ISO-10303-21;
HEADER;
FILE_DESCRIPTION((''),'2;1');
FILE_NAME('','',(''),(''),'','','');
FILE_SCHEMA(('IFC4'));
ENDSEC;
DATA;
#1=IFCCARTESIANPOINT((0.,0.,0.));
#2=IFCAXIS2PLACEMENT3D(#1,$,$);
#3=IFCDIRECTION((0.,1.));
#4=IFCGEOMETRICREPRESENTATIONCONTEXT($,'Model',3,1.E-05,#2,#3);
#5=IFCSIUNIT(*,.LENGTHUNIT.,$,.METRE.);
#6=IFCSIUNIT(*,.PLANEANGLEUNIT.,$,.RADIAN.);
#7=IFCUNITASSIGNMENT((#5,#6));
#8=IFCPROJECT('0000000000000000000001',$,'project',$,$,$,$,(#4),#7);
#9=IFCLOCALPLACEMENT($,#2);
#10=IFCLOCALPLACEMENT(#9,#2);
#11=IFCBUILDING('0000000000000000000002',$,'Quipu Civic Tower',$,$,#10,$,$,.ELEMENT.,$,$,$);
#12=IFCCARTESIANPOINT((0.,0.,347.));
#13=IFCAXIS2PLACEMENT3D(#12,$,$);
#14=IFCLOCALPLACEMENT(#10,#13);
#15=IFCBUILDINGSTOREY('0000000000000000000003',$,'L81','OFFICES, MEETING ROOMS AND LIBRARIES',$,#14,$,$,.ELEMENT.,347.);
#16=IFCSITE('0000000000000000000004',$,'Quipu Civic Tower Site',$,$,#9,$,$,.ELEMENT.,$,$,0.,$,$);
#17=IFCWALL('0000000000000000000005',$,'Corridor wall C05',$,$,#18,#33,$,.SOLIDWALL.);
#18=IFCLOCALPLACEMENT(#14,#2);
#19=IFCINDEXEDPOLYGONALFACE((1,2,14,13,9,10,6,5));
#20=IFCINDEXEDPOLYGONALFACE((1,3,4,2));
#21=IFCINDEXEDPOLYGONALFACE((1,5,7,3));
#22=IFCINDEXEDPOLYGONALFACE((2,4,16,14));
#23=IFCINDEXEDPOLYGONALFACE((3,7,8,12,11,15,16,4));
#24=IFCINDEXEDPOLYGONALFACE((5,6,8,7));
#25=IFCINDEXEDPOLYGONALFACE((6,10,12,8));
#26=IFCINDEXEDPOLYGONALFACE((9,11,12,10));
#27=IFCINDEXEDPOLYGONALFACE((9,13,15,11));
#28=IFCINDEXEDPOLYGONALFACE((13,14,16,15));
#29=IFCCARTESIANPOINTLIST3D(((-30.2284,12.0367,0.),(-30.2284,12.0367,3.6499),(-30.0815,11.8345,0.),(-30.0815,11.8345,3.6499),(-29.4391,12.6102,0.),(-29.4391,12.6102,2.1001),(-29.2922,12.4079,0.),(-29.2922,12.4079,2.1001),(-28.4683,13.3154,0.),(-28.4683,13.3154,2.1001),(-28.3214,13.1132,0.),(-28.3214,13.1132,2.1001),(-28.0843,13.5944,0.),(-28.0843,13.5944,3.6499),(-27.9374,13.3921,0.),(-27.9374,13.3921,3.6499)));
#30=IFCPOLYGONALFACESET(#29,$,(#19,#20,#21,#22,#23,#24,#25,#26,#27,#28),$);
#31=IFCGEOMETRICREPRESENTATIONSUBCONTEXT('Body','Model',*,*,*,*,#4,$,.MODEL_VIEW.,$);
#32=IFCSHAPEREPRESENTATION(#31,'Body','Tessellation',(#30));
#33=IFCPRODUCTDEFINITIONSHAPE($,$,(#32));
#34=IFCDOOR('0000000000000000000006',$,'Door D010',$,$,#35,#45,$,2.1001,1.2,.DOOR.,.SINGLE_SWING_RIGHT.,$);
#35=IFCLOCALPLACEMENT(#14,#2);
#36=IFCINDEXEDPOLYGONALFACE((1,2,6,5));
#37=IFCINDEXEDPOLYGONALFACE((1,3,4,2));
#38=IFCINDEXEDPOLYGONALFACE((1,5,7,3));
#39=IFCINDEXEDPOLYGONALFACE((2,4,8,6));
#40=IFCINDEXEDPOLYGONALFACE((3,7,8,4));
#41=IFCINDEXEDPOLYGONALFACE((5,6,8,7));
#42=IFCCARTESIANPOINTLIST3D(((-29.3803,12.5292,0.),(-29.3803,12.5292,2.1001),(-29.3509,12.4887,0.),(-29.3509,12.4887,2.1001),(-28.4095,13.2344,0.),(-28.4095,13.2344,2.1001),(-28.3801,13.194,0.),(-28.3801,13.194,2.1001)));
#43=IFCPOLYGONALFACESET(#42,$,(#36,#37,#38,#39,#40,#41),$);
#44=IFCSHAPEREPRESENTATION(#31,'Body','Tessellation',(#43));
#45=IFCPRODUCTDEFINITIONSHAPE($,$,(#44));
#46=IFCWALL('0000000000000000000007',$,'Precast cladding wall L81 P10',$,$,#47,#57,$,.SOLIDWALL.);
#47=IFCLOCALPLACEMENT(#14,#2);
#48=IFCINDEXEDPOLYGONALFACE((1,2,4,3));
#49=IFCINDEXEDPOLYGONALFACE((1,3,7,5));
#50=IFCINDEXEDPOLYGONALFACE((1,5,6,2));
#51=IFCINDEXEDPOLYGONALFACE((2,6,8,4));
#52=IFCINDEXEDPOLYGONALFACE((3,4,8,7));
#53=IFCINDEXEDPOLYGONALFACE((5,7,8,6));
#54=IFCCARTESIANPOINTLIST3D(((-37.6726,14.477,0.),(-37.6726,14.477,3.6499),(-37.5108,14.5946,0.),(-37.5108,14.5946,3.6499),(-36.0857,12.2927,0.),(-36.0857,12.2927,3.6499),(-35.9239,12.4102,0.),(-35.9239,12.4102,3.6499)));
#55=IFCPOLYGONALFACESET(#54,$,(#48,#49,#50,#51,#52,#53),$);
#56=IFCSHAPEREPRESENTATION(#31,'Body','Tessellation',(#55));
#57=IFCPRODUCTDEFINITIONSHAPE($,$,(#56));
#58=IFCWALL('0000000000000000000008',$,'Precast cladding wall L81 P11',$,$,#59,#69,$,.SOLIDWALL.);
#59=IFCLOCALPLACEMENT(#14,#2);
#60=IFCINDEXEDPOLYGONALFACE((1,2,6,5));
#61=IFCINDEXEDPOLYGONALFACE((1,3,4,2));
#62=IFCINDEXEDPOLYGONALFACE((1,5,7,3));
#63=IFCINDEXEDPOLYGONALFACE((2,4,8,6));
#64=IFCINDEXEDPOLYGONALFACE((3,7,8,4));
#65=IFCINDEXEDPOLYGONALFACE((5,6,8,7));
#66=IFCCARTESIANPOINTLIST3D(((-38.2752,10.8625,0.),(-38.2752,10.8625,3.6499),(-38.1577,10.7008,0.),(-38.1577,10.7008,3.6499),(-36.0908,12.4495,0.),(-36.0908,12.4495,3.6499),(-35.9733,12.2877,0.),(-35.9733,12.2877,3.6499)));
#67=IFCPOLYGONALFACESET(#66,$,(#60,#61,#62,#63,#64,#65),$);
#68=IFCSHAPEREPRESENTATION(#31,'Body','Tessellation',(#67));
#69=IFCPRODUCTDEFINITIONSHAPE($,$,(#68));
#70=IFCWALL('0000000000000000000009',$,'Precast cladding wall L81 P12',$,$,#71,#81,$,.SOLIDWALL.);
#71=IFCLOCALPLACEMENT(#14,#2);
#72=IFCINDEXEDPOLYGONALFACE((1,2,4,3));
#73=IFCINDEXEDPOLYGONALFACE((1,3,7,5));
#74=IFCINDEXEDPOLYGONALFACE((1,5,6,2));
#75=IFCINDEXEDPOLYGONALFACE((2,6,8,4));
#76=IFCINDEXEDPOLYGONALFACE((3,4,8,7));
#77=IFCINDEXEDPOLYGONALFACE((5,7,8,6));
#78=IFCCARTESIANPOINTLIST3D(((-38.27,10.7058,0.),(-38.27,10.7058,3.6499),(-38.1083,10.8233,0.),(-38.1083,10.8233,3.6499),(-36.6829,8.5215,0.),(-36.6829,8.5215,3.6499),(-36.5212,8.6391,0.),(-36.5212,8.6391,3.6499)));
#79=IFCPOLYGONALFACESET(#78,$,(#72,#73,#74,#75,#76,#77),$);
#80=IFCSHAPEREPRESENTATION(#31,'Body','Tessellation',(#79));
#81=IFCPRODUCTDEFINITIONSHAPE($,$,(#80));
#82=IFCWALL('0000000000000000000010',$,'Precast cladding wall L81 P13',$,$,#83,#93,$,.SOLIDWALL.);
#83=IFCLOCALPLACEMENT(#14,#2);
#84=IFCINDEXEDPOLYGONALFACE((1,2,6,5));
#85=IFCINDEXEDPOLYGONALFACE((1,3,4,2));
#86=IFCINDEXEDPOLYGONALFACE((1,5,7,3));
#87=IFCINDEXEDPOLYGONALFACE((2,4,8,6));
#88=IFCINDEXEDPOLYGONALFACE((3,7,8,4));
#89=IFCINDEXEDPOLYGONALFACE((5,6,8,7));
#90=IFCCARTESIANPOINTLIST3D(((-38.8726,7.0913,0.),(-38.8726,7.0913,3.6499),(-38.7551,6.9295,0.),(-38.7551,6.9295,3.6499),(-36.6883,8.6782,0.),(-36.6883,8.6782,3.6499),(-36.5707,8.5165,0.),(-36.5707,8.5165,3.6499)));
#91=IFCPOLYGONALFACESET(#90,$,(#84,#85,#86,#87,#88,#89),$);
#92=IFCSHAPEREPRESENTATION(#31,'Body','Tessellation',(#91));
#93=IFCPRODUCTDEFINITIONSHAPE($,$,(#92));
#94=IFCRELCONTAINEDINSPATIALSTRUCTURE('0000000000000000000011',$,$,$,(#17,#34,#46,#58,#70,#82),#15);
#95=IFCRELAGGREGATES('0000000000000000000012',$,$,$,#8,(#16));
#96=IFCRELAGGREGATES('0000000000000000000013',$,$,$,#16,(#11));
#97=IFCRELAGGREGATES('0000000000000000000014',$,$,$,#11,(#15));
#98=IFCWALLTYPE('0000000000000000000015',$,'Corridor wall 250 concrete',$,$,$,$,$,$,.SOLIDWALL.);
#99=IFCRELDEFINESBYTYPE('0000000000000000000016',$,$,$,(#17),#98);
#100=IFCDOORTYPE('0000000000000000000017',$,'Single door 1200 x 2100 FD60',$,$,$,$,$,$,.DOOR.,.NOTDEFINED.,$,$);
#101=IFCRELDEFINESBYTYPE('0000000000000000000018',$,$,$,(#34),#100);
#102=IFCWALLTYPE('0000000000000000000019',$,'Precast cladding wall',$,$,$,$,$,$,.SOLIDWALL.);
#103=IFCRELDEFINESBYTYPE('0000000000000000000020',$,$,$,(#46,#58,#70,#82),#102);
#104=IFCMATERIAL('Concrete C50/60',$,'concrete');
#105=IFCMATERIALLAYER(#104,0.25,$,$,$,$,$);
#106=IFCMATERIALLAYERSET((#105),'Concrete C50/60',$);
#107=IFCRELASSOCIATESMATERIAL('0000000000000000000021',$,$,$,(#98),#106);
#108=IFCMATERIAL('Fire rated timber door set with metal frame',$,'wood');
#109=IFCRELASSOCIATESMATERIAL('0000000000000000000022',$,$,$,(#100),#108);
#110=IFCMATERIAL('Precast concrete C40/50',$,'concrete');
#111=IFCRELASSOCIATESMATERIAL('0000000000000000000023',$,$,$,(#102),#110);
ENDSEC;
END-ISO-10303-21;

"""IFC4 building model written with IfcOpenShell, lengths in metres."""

from ifc_helpers import new_model, si_unit, direction, frame, frame_2d, origin, place, context, subcontext, project, spatial, rectangle, extrude, material, layer, layer_set, type_object, element, fill, save


model = new_model("IFC4")

# Units and contexts
model_context = context("Model", 3, precision=1e-05, world=origin(), true_north=direction((0.0, 1.0)))
body_context = subcontext(model_context, "Body", "Model", "MODEL_VIEW")
ifc_project = project(units=[si_unit("LENGTHUNIT", "METRE"), si_unit("PLANEANGLEUNIT", "RADIAN")], contexts=[model_context])

# Site, building, storey
site_placement = place(None, origin())
site = spatial("IfcSite", under=ifc_project, at=site_placement, Name="Quipu Civic Tower Site", CompositionType="ELEMENT", RefElevation=0.0)
building_placement = place(site_placement, origin())
building = spatial("IfcBuilding", under=site, at=building_placement, Name="Quipu Civic Tower", CompositionType="ELEMENT")
storey_placement = place(building_placement, frame((0.0, 0.0, 347.0)))
storey = spatial("IfcBuildingStorey", under=building, at=storey_placement, Name="L81", Description="OFFICES, MEETING ROOMS AND LIBRARIES", CompositionType="ELEMENT", Elevation=347.0)

# Wall, opening, door
ifc_material_1 = material(Name="Concrete C50/60", Category="concrete")
ifc_layer_1 = layer(ifc_material_1, 0.25)
ifc_layer_set_1 = layer_set([ifc_layer_1], Name="Concrete C50/60")
wall_type_1 = type_object("IfcWallType", Name="Corridor wall 250 concrete", PredefinedType="SOLIDWALL", material=ifc_layer_set_1)
wall_placement = place(storey_placement, frame((-30.155, 11.9355, 0.0), z_axis=(0.0, 0.0, 1.0), x_axis=(0.809039, 0.587755, 0.0)))
wall = element("IfcWall", 1, at=wall_placement, inside=storey, type_object=wall_type_1, Name="Corridor wall C05", PredefinedType="SOLIDWALL", context=body_context, shape_type="SweptSolid", body=[
    extrude(rectangle(XDim=2.6501, YDim=0.25, at=frame_2d((1.3252, 0.0))), origin(), (0.0, 0.0, 1.0), 3.6499),
])
opening_placement = place(wall_placement, frame((0.9756, 0.0, 0.0)))
opening = element("IfcOpeningElement", 2, at=opening_placement, cuts=wall, PredefinedType="OPENING", context=body_context, shape_type="SweptSolid", body=[
    extrude(rectangle(XDim=1.2, YDim=2.1001, at=frame_2d((0.6001, 1.05))), frame((0.0, 0.135, 0.0), z_axis=(0.0, -1.0, 0.0), x_axis=(1.0, 0.0, 0.0)), (0.0, 0.0, 1.0), 0.27),
])
ifc_material_2 = material(Name="Fire rated timber door set with metal frame", Category="wood")
door_type = type_object("IfcDoorType", Name="Single door 1200 x 2100 FD60", OperationType="NOTDEFINED", PredefinedType="DOOR", material=ifc_material_2)
door_placement = place(opening_placement, origin())
door = element("IfcDoor", 3, at=door_placement, inside=storey, type_object=door_type, Name="Door D010", OperationType="SINGLE_SWING_RIGHT", OverallHeight=2.1001, OverallWidth=1.2, PredefinedType="DOOR", context=body_context, shape_type="SweptSolid", body=[
    extrude(rectangle(XDim=1.2, YDim=2.1001, at=frame_2d((0.6001, 1.05))), frame((0.0, 0.0249, 0.0), z_axis=(0.0, -1.0, 0.0), x_axis=(1.0, 0.0, 0.0)), (0.0, 0.0, 1.0), 0.05),
])
fill(opening, door)

# Walls
ifc_material_3 = material(Name="Precast concrete C40/50", Category="concrete")
wall_type_2 = type_object("IfcWallType", Name="Precast cladding wall", PredefinedType="SOLIDWALL", material=ifc_material_3)
for number, where, z_axis, x_axis, name in (
    (4, (-37.5918, 14.5359, 0.0), (0.0, 0.0, 1.0), (0.587763, -0.809033, 0.0), "Precast cladding wall L81 P10"),
    (5, (-36.032, 12.3687, 0.0), (0.0, 0.0, 1.0), (-0.809033, -0.587763, 0.0), "Precast cladding wall L81 P11"),
    (6, (-38.1892, 10.7646, 0.0), (0.0, 0.0, 1.0), (0.587822, -0.80899, 0.0), "Precast cladding wall L81 P12"),
    (7, (-36.6294, 8.5974, 0.0), (0.0, 0.0, 1.0), (-0.809033, -0.587763, 0.0), "Precast cladding wall L81 P13"),
):
    element("IfcWall", number, at=place(storey_placement, frame(where, z_axis=z_axis, x_axis=x_axis)), inside=storey, type_object=wall_type_2, Name=name, PredefinedType="SOLIDWALL", context=body_context, shape_type="SweptSolid", body=[
        extrude(rectangle(XDim=2.7, YDim=0.2, at=frame_2d((1.3501, 0.0))), origin(), (0.0, 0.0, 1.0), 3.6499),
    ])

save(model, "model.ifc")
